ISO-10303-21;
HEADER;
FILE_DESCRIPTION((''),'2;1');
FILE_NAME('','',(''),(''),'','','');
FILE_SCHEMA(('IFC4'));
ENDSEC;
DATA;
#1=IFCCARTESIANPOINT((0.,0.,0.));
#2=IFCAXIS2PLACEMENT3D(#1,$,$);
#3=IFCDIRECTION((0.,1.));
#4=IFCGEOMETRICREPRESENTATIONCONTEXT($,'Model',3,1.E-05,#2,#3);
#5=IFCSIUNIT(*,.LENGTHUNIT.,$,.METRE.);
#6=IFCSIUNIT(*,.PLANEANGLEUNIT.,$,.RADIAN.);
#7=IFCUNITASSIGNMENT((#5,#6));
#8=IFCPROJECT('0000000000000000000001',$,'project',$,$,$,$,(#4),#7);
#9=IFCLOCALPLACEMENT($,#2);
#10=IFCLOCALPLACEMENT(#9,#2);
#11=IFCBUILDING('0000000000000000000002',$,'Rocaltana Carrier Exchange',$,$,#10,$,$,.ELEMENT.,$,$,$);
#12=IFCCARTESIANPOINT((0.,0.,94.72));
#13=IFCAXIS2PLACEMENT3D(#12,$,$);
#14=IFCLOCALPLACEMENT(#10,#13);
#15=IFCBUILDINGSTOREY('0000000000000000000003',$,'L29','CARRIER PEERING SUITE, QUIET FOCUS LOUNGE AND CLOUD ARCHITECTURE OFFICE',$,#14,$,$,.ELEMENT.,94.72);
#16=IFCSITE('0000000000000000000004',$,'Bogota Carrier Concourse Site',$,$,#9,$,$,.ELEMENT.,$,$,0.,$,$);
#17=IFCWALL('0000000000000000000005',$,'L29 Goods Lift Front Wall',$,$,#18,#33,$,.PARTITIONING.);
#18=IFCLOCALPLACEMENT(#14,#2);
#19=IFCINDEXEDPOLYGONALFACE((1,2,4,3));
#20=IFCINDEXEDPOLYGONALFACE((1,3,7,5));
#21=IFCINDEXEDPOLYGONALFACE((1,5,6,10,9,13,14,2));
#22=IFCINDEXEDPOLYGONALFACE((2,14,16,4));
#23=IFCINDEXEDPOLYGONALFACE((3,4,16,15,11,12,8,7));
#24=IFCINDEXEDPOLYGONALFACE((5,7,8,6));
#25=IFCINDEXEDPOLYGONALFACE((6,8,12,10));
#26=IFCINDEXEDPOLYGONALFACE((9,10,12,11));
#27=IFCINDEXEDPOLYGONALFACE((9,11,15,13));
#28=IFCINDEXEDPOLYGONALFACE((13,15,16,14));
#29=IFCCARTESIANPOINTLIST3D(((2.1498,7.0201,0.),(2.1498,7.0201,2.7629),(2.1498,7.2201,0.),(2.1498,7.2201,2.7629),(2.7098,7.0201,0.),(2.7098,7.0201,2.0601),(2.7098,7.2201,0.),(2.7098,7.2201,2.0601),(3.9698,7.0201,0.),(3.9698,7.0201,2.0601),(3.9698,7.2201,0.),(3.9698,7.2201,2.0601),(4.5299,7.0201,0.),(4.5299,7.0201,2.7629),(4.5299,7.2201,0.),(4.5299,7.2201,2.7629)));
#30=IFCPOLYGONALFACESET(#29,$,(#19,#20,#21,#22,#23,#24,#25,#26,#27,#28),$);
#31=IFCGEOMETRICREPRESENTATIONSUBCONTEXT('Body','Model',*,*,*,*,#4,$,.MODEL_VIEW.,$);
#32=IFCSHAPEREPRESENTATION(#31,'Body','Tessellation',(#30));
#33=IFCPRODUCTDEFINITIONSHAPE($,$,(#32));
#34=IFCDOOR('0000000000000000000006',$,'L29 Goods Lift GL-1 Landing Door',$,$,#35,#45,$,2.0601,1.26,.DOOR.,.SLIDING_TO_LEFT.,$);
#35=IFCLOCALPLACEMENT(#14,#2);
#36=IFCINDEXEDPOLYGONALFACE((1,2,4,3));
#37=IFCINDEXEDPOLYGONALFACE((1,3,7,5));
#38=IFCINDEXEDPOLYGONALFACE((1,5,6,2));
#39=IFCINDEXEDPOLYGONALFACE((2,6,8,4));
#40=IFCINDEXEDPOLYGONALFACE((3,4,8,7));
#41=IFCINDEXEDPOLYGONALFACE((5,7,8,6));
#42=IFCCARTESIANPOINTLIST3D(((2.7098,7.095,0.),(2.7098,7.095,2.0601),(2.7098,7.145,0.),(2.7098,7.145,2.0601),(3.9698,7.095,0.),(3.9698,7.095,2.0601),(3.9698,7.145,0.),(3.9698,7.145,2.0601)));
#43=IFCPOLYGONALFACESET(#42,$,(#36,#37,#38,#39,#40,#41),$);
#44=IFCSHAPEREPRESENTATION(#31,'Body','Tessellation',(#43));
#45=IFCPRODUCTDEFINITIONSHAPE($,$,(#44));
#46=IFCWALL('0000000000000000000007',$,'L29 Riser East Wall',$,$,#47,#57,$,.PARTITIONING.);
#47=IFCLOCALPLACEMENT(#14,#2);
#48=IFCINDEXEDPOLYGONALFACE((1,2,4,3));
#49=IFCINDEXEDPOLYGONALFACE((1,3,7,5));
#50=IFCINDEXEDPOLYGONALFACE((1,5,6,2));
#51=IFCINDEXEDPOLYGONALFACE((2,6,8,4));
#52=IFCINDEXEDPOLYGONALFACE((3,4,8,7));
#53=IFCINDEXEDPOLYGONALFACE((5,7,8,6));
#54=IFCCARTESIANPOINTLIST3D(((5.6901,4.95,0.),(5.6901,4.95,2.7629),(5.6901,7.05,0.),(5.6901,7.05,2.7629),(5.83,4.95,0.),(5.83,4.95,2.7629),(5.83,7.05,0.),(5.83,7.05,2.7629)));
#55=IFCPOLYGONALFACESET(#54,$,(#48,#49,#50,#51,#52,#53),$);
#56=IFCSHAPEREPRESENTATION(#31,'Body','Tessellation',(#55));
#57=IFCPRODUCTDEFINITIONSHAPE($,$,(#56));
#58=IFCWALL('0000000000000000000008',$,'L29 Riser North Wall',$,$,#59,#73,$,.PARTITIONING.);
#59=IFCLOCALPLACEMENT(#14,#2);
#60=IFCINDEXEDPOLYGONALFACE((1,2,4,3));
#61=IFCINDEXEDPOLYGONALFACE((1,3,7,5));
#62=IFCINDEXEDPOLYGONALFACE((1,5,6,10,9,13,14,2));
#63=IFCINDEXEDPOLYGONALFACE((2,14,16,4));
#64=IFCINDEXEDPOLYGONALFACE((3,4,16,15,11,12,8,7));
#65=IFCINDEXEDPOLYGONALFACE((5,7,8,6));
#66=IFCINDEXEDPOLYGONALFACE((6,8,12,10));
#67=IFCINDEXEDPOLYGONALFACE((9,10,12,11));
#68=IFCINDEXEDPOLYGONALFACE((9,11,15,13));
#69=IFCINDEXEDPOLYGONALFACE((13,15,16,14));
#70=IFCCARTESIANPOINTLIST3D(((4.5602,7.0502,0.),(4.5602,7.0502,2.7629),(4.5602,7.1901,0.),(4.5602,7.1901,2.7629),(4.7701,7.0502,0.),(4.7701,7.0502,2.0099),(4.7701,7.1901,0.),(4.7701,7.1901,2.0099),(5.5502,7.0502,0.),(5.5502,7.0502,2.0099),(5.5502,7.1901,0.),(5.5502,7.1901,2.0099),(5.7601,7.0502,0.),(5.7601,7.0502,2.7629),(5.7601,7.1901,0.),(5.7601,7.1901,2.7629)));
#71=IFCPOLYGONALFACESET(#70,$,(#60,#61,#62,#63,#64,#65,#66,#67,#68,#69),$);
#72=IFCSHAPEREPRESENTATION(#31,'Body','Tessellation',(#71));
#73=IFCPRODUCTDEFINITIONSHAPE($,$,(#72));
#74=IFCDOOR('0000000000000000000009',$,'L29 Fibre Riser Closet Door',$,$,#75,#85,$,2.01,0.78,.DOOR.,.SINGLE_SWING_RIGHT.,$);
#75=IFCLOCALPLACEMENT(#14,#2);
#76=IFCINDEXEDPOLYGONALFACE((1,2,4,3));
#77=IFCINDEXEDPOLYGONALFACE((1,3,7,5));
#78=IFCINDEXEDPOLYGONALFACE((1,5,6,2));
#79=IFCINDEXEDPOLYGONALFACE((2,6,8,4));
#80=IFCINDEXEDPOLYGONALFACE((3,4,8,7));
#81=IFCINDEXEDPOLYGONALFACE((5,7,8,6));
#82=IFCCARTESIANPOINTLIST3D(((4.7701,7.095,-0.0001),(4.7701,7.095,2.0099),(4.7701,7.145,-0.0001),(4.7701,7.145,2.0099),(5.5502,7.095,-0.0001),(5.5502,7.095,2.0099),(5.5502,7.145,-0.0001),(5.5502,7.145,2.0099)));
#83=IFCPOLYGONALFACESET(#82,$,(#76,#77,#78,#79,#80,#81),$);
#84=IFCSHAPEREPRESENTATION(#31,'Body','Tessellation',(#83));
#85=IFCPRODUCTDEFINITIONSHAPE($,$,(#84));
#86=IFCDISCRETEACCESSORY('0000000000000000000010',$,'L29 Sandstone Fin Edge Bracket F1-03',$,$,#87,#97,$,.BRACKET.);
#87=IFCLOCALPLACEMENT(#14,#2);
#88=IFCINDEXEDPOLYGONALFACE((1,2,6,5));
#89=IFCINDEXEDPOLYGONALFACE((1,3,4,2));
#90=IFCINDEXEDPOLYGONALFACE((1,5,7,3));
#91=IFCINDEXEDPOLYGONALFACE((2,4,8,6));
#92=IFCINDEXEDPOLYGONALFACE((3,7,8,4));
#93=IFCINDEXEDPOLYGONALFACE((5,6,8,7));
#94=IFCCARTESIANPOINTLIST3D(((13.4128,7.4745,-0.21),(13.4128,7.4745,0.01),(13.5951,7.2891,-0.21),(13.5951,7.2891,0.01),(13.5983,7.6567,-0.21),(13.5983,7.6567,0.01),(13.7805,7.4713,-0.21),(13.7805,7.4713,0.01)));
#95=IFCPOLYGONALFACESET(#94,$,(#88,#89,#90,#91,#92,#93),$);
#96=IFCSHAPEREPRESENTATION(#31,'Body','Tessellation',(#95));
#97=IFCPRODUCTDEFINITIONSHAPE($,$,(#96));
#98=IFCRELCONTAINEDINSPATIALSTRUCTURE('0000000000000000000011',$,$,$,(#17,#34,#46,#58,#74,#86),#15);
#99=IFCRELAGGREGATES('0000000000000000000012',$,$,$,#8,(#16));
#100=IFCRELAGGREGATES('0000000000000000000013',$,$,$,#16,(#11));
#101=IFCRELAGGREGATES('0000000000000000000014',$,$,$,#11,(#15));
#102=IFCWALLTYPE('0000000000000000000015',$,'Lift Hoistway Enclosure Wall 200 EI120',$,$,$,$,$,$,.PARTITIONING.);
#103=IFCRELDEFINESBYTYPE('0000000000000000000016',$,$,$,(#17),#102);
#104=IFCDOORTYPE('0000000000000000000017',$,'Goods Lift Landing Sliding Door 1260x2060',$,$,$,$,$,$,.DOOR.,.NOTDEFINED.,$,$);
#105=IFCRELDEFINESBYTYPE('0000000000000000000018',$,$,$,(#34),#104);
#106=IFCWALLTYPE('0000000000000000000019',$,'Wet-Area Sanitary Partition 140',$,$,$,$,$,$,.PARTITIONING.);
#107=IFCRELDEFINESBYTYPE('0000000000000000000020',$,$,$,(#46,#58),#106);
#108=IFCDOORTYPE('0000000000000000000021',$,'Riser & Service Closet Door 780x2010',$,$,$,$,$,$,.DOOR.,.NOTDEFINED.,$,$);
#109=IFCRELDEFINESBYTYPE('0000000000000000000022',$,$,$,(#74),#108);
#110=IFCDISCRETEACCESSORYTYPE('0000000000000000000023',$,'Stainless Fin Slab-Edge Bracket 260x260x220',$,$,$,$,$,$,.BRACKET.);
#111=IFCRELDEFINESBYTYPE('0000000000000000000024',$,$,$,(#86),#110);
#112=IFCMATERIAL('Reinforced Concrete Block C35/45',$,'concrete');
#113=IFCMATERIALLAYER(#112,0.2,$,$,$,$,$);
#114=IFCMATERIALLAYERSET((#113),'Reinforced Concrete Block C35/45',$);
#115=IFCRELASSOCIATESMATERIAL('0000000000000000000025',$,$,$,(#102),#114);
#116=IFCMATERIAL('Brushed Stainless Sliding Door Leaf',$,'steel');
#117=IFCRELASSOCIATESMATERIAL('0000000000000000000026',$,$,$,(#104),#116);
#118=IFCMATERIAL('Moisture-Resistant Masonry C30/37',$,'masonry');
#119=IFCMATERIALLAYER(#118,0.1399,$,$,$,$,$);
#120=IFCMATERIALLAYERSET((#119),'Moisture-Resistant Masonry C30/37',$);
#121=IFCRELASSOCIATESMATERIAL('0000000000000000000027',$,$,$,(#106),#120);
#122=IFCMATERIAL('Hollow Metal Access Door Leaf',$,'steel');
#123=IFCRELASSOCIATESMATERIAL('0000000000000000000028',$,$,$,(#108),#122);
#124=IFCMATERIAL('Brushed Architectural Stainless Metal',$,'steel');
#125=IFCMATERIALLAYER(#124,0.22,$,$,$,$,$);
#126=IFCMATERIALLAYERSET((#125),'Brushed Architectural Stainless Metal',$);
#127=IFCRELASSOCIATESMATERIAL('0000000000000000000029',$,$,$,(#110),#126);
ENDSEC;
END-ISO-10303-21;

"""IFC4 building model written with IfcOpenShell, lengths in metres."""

from ifc_helpers import new_model, si_unit, direction, frame, frame_2d, origin, origin_2d, place, context, subcontext, project, spatial, rectangle, extrude, material, layer, layer_set, type_object, element, fill, save


model = new_model("IFC4")

# Units and contexts
model_context = context("Model", 3, precision=1e-05, world=origin(), true_north=direction((0.0, 1.0)))
body_context = subcontext(model_context, "Body", "Model", "MODEL_VIEW")
ifc_project = project(units=[si_unit("LENGTHUNIT", "METRE"), si_unit("PLANEANGLEUNIT", "RADIAN")], contexts=[model_context])

# Site, building, storey
site_placement = place(None, origin())
site = spatial("IfcSite", under=ifc_project, at=site_placement, Name="Bogota Carrier Concourse Site", CompositionType="ELEMENT", RefElevation=0.0)
building_placement = place(site_placement, origin())
building = spatial("IfcBuilding", under=site, at=building_placement, Name="Rocaltana Carrier Exchange", CompositionType="ELEMENT")
storey_placement = place(building_placement, frame((0.0, 0.0, 94.72)))
storey = spatial("IfcBuildingStorey", under=building, at=storey_placement, Name="L29", Description="CARRIER PEERING SUITE, QUIET FOCUS LOUNGE AND CLOUD ARCHITECTURE OFFICE", CompositionType="ELEMENT", Elevation=94.72)

# Shared definitions
ifc_material_1 = material(Name="Reinforced Concrete Block C35/45", Category="concrete")
ifc_layer_1 = layer(ifc_material_1, 0.2)
ifc_layer_set_1 = layer_set([ifc_layer_1], Name="Reinforced Concrete Block C35/45")
wall_type_1 = type_object("IfcWallType", Name="Lift Hoistway Enclosure Wall 200 EI120", PredefinedType="PARTITIONING", material=ifc_layer_set_1)

# Wall, opening, door
wall_1_placement = place(storey_placement, frame((2.1499, 7.1201, 0.0), z_axis=(0.0, 0.0, 1.0), x_axis=(1.0, 0.0, 0.0)))
wall_1 = element("IfcWall", 1, at=wall_1_placement, inside=storey, type_object=wall_type_1, Name="L29 Goods Lift Front Wall", PredefinedType="PARTITIONING", context=body_context, shape_type="SweptSolid", body=[
    extrude(rectangle(XDim=2.3801, YDim=0.2, at=frame_2d((1.1899, 0.0))), origin(), (0.0, 0.0, 1.0), 2.7629),
])
opening_1_placement = place(wall_1_placement, frame((0.5601, 0.0, 0.0)))
opening_1 = element("IfcOpeningElement", 2, at=opening_1_placement, cuts=wall_1, PredefinedType="OPENING", context=body_context, shape_type="SweptSolid", body=[
    extrude(rectangle(XDim=1.26, YDim=2.0601, at=frame_2d((0.6299, 1.03))), frame((0.0, 0.1099, 0.0), z_axis=(0.0, -1.0, 0.0), x_axis=(1.0, 0.0, 0.0)), (0.0, 0.0, 1.0), 0.22),
])
ifc_material_2 = material(Name="Brushed Stainless Sliding Door Leaf", Category="steel")
door_type_1 = type_object("IfcDoorType", Name="Goods Lift Landing Sliding Door 1260x2060", OperationType="NOTDEFINED", PredefinedType="DOOR", material=ifc_material_2)
door_1_placement = place(opening_1_placement, origin())
door_1 = element("IfcDoor", 3, at=door_1_placement, inside=storey, type_object=door_type_1, Name="L29 Goods Lift GL-1 Landing Door", OperationType="SLIDING_TO_LEFT", OverallHeight=2.0601, OverallWidth=1.26, PredefinedType="DOOR", context=body_context, shape_type="SweptSolid", body=[
    extrude(rectangle(XDim=1.26, YDim=2.0601, at=frame_2d((0.6299, 1.03))), frame((0.0, 0.0249, 0.0), z_axis=(0.0, -1.0, 0.0), x_axis=(1.0, 0.0, 0.0)), (0.0, 0.0, 1.0), 0.05),
])
fill(opening_1, door_1)

# Wall
ifc_material_3 = material(Name="Moisture-Resistant Masonry C30/37", Category="masonry")
ifc_layer_2 = layer(ifc_material_3, 0.1399)
ifc_layer_set_2 = layer_set([ifc_layer_2], Name="Moisture-Resistant Masonry C30/37")
wall_type_2 = type_object("IfcWallType", Name="Wet-Area Sanitary Partition 140", PredefinedType="PARTITIONING", material=ifc_layer_set_2)
wall_2_placement = place(storey_placement, frame((5.76, 4.95, 0.0), z_axis=(0.0, 0.0, 1.0), x_axis=(0.0, 1.0, 0.0)))
element("IfcWall", 4, at=wall_2_placement, inside=storey, type_object=wall_type_2, Name="L29 Riser East Wall", PredefinedType="PARTITIONING", context=body_context, shape_type="SweptSolid", body=[
    extrude(rectangle(XDim=2.1001, YDim=0.1399, at=frame_2d((1.05, 0.0))), origin(), (0.0, 0.0, 1.0), 2.7629),
])

# Wall, opening, door
wall_3_placement = place(storey_placement, frame((4.5601, 7.1201, 0.0), z_axis=(0.0, 0.0, 1.0), x_axis=(1.0, 0.0, 0.0)))
wall_3 = element("IfcWall", 5, at=wall_3_placement, inside=storey, type_object=wall_type_2, Name="L29 Riser North Wall", PredefinedType="PARTITIONING", context=body_context, shape_type="SweptSolid", body=[
    extrude(rectangle(XDim=1.2, YDim=0.1399, at=frame_2d((0.6001, 0.0))), origin(), (0.0, 0.0, 1.0), 2.7629),
])
opening_2_placement = place(wall_3_placement, frame((0.21, 0.0, 0.0)))
opening_2 = element("IfcOpeningElement", 6, at=opening_2_placement, cuts=wall_3, PredefinedType="OPENING", context=body_context, shape_type="SweptSolid", body=[
    extrude(rectangle(XDim=0.78, YDim=2.01, at=frame_2d((0.3901, 1.0049))), frame((0.0, 0.0798, 0.0), z_axis=(0.0, -1.0, 0.0), x_axis=(1.0, 0.0, 0.0)), (0.0, 0.0, 1.0), 0.1599),
])
ifc_material_4 = material(Name="Hollow Metal Access Door Leaf", Category="steel")
door_type_2 = type_object("IfcDoorType", Name="Riser & Service Closet Door 780x2010", OperationType="NOTDEFINED", PredefinedType="DOOR", material=ifc_material_4)
door_2_placement = place(opening_2_placement, origin())
door_2 = element("IfcDoor", 7, at=door_2_placement, inside=storey, type_object=door_type_2, Name="L29 Fibre Riser Closet Door", OperationType="SINGLE_SWING_RIGHT", OverallHeight=2.01, OverallWidth=0.78, PredefinedType="DOOR", context=body_context, shape_type="SweptSolid", body=[
    extrude(rectangle(XDim=0.78, YDim=2.01, at=frame_2d((0.3901, 1.0049))), frame((0.0, 0.0249, 0.0), z_axis=(0.0, -1.0, 0.0), x_axis=(1.0, 0.0, 0.0)), (0.0, 0.0, 1.0), 0.05),
])
fill(opening_2, door_2)

# Discrete accessory
ifc_material_5 = material(Name="Brushed Architectural Stainless Metal", Category="steel")
ifc_layer_3 = layer(ifc_material_5, 0.22)
ifc_layer_set_3 = layer_set([ifc_layer_3], Name="Brushed Architectural Stainless Metal")
discrete_accessory_type = type_object("IfcDiscreteAccessoryType", Name="Stainless Fin Slab-Edge Bracket 260x260x220", PredefinedType="BRACKET", material=ifc_layer_set_3)
discrete_accessory_placement = place(storey_placement, frame((13.5967, 7.4729, -0.21), z_axis=(0.0, 0.0, 1.0), x_axis=(-0.700909, 0.71325, 0.0)))
element("IfcDiscreteAccessory", 8, at=discrete_accessory_placement, inside=storey, type_object=discrete_accessory_type, Name="L29 Sandstone Fin Edge Bracket F1-03", PredefinedType="BRACKET", context=body_context, shape_type="SweptSolid", body=[
    extrude(rectangle(XDim=0.26, YDim=0.26, at=origin_2d()), origin(), (0.0, 0.0, 1.0), 0.22),
])

save(model, "model.ifc")
